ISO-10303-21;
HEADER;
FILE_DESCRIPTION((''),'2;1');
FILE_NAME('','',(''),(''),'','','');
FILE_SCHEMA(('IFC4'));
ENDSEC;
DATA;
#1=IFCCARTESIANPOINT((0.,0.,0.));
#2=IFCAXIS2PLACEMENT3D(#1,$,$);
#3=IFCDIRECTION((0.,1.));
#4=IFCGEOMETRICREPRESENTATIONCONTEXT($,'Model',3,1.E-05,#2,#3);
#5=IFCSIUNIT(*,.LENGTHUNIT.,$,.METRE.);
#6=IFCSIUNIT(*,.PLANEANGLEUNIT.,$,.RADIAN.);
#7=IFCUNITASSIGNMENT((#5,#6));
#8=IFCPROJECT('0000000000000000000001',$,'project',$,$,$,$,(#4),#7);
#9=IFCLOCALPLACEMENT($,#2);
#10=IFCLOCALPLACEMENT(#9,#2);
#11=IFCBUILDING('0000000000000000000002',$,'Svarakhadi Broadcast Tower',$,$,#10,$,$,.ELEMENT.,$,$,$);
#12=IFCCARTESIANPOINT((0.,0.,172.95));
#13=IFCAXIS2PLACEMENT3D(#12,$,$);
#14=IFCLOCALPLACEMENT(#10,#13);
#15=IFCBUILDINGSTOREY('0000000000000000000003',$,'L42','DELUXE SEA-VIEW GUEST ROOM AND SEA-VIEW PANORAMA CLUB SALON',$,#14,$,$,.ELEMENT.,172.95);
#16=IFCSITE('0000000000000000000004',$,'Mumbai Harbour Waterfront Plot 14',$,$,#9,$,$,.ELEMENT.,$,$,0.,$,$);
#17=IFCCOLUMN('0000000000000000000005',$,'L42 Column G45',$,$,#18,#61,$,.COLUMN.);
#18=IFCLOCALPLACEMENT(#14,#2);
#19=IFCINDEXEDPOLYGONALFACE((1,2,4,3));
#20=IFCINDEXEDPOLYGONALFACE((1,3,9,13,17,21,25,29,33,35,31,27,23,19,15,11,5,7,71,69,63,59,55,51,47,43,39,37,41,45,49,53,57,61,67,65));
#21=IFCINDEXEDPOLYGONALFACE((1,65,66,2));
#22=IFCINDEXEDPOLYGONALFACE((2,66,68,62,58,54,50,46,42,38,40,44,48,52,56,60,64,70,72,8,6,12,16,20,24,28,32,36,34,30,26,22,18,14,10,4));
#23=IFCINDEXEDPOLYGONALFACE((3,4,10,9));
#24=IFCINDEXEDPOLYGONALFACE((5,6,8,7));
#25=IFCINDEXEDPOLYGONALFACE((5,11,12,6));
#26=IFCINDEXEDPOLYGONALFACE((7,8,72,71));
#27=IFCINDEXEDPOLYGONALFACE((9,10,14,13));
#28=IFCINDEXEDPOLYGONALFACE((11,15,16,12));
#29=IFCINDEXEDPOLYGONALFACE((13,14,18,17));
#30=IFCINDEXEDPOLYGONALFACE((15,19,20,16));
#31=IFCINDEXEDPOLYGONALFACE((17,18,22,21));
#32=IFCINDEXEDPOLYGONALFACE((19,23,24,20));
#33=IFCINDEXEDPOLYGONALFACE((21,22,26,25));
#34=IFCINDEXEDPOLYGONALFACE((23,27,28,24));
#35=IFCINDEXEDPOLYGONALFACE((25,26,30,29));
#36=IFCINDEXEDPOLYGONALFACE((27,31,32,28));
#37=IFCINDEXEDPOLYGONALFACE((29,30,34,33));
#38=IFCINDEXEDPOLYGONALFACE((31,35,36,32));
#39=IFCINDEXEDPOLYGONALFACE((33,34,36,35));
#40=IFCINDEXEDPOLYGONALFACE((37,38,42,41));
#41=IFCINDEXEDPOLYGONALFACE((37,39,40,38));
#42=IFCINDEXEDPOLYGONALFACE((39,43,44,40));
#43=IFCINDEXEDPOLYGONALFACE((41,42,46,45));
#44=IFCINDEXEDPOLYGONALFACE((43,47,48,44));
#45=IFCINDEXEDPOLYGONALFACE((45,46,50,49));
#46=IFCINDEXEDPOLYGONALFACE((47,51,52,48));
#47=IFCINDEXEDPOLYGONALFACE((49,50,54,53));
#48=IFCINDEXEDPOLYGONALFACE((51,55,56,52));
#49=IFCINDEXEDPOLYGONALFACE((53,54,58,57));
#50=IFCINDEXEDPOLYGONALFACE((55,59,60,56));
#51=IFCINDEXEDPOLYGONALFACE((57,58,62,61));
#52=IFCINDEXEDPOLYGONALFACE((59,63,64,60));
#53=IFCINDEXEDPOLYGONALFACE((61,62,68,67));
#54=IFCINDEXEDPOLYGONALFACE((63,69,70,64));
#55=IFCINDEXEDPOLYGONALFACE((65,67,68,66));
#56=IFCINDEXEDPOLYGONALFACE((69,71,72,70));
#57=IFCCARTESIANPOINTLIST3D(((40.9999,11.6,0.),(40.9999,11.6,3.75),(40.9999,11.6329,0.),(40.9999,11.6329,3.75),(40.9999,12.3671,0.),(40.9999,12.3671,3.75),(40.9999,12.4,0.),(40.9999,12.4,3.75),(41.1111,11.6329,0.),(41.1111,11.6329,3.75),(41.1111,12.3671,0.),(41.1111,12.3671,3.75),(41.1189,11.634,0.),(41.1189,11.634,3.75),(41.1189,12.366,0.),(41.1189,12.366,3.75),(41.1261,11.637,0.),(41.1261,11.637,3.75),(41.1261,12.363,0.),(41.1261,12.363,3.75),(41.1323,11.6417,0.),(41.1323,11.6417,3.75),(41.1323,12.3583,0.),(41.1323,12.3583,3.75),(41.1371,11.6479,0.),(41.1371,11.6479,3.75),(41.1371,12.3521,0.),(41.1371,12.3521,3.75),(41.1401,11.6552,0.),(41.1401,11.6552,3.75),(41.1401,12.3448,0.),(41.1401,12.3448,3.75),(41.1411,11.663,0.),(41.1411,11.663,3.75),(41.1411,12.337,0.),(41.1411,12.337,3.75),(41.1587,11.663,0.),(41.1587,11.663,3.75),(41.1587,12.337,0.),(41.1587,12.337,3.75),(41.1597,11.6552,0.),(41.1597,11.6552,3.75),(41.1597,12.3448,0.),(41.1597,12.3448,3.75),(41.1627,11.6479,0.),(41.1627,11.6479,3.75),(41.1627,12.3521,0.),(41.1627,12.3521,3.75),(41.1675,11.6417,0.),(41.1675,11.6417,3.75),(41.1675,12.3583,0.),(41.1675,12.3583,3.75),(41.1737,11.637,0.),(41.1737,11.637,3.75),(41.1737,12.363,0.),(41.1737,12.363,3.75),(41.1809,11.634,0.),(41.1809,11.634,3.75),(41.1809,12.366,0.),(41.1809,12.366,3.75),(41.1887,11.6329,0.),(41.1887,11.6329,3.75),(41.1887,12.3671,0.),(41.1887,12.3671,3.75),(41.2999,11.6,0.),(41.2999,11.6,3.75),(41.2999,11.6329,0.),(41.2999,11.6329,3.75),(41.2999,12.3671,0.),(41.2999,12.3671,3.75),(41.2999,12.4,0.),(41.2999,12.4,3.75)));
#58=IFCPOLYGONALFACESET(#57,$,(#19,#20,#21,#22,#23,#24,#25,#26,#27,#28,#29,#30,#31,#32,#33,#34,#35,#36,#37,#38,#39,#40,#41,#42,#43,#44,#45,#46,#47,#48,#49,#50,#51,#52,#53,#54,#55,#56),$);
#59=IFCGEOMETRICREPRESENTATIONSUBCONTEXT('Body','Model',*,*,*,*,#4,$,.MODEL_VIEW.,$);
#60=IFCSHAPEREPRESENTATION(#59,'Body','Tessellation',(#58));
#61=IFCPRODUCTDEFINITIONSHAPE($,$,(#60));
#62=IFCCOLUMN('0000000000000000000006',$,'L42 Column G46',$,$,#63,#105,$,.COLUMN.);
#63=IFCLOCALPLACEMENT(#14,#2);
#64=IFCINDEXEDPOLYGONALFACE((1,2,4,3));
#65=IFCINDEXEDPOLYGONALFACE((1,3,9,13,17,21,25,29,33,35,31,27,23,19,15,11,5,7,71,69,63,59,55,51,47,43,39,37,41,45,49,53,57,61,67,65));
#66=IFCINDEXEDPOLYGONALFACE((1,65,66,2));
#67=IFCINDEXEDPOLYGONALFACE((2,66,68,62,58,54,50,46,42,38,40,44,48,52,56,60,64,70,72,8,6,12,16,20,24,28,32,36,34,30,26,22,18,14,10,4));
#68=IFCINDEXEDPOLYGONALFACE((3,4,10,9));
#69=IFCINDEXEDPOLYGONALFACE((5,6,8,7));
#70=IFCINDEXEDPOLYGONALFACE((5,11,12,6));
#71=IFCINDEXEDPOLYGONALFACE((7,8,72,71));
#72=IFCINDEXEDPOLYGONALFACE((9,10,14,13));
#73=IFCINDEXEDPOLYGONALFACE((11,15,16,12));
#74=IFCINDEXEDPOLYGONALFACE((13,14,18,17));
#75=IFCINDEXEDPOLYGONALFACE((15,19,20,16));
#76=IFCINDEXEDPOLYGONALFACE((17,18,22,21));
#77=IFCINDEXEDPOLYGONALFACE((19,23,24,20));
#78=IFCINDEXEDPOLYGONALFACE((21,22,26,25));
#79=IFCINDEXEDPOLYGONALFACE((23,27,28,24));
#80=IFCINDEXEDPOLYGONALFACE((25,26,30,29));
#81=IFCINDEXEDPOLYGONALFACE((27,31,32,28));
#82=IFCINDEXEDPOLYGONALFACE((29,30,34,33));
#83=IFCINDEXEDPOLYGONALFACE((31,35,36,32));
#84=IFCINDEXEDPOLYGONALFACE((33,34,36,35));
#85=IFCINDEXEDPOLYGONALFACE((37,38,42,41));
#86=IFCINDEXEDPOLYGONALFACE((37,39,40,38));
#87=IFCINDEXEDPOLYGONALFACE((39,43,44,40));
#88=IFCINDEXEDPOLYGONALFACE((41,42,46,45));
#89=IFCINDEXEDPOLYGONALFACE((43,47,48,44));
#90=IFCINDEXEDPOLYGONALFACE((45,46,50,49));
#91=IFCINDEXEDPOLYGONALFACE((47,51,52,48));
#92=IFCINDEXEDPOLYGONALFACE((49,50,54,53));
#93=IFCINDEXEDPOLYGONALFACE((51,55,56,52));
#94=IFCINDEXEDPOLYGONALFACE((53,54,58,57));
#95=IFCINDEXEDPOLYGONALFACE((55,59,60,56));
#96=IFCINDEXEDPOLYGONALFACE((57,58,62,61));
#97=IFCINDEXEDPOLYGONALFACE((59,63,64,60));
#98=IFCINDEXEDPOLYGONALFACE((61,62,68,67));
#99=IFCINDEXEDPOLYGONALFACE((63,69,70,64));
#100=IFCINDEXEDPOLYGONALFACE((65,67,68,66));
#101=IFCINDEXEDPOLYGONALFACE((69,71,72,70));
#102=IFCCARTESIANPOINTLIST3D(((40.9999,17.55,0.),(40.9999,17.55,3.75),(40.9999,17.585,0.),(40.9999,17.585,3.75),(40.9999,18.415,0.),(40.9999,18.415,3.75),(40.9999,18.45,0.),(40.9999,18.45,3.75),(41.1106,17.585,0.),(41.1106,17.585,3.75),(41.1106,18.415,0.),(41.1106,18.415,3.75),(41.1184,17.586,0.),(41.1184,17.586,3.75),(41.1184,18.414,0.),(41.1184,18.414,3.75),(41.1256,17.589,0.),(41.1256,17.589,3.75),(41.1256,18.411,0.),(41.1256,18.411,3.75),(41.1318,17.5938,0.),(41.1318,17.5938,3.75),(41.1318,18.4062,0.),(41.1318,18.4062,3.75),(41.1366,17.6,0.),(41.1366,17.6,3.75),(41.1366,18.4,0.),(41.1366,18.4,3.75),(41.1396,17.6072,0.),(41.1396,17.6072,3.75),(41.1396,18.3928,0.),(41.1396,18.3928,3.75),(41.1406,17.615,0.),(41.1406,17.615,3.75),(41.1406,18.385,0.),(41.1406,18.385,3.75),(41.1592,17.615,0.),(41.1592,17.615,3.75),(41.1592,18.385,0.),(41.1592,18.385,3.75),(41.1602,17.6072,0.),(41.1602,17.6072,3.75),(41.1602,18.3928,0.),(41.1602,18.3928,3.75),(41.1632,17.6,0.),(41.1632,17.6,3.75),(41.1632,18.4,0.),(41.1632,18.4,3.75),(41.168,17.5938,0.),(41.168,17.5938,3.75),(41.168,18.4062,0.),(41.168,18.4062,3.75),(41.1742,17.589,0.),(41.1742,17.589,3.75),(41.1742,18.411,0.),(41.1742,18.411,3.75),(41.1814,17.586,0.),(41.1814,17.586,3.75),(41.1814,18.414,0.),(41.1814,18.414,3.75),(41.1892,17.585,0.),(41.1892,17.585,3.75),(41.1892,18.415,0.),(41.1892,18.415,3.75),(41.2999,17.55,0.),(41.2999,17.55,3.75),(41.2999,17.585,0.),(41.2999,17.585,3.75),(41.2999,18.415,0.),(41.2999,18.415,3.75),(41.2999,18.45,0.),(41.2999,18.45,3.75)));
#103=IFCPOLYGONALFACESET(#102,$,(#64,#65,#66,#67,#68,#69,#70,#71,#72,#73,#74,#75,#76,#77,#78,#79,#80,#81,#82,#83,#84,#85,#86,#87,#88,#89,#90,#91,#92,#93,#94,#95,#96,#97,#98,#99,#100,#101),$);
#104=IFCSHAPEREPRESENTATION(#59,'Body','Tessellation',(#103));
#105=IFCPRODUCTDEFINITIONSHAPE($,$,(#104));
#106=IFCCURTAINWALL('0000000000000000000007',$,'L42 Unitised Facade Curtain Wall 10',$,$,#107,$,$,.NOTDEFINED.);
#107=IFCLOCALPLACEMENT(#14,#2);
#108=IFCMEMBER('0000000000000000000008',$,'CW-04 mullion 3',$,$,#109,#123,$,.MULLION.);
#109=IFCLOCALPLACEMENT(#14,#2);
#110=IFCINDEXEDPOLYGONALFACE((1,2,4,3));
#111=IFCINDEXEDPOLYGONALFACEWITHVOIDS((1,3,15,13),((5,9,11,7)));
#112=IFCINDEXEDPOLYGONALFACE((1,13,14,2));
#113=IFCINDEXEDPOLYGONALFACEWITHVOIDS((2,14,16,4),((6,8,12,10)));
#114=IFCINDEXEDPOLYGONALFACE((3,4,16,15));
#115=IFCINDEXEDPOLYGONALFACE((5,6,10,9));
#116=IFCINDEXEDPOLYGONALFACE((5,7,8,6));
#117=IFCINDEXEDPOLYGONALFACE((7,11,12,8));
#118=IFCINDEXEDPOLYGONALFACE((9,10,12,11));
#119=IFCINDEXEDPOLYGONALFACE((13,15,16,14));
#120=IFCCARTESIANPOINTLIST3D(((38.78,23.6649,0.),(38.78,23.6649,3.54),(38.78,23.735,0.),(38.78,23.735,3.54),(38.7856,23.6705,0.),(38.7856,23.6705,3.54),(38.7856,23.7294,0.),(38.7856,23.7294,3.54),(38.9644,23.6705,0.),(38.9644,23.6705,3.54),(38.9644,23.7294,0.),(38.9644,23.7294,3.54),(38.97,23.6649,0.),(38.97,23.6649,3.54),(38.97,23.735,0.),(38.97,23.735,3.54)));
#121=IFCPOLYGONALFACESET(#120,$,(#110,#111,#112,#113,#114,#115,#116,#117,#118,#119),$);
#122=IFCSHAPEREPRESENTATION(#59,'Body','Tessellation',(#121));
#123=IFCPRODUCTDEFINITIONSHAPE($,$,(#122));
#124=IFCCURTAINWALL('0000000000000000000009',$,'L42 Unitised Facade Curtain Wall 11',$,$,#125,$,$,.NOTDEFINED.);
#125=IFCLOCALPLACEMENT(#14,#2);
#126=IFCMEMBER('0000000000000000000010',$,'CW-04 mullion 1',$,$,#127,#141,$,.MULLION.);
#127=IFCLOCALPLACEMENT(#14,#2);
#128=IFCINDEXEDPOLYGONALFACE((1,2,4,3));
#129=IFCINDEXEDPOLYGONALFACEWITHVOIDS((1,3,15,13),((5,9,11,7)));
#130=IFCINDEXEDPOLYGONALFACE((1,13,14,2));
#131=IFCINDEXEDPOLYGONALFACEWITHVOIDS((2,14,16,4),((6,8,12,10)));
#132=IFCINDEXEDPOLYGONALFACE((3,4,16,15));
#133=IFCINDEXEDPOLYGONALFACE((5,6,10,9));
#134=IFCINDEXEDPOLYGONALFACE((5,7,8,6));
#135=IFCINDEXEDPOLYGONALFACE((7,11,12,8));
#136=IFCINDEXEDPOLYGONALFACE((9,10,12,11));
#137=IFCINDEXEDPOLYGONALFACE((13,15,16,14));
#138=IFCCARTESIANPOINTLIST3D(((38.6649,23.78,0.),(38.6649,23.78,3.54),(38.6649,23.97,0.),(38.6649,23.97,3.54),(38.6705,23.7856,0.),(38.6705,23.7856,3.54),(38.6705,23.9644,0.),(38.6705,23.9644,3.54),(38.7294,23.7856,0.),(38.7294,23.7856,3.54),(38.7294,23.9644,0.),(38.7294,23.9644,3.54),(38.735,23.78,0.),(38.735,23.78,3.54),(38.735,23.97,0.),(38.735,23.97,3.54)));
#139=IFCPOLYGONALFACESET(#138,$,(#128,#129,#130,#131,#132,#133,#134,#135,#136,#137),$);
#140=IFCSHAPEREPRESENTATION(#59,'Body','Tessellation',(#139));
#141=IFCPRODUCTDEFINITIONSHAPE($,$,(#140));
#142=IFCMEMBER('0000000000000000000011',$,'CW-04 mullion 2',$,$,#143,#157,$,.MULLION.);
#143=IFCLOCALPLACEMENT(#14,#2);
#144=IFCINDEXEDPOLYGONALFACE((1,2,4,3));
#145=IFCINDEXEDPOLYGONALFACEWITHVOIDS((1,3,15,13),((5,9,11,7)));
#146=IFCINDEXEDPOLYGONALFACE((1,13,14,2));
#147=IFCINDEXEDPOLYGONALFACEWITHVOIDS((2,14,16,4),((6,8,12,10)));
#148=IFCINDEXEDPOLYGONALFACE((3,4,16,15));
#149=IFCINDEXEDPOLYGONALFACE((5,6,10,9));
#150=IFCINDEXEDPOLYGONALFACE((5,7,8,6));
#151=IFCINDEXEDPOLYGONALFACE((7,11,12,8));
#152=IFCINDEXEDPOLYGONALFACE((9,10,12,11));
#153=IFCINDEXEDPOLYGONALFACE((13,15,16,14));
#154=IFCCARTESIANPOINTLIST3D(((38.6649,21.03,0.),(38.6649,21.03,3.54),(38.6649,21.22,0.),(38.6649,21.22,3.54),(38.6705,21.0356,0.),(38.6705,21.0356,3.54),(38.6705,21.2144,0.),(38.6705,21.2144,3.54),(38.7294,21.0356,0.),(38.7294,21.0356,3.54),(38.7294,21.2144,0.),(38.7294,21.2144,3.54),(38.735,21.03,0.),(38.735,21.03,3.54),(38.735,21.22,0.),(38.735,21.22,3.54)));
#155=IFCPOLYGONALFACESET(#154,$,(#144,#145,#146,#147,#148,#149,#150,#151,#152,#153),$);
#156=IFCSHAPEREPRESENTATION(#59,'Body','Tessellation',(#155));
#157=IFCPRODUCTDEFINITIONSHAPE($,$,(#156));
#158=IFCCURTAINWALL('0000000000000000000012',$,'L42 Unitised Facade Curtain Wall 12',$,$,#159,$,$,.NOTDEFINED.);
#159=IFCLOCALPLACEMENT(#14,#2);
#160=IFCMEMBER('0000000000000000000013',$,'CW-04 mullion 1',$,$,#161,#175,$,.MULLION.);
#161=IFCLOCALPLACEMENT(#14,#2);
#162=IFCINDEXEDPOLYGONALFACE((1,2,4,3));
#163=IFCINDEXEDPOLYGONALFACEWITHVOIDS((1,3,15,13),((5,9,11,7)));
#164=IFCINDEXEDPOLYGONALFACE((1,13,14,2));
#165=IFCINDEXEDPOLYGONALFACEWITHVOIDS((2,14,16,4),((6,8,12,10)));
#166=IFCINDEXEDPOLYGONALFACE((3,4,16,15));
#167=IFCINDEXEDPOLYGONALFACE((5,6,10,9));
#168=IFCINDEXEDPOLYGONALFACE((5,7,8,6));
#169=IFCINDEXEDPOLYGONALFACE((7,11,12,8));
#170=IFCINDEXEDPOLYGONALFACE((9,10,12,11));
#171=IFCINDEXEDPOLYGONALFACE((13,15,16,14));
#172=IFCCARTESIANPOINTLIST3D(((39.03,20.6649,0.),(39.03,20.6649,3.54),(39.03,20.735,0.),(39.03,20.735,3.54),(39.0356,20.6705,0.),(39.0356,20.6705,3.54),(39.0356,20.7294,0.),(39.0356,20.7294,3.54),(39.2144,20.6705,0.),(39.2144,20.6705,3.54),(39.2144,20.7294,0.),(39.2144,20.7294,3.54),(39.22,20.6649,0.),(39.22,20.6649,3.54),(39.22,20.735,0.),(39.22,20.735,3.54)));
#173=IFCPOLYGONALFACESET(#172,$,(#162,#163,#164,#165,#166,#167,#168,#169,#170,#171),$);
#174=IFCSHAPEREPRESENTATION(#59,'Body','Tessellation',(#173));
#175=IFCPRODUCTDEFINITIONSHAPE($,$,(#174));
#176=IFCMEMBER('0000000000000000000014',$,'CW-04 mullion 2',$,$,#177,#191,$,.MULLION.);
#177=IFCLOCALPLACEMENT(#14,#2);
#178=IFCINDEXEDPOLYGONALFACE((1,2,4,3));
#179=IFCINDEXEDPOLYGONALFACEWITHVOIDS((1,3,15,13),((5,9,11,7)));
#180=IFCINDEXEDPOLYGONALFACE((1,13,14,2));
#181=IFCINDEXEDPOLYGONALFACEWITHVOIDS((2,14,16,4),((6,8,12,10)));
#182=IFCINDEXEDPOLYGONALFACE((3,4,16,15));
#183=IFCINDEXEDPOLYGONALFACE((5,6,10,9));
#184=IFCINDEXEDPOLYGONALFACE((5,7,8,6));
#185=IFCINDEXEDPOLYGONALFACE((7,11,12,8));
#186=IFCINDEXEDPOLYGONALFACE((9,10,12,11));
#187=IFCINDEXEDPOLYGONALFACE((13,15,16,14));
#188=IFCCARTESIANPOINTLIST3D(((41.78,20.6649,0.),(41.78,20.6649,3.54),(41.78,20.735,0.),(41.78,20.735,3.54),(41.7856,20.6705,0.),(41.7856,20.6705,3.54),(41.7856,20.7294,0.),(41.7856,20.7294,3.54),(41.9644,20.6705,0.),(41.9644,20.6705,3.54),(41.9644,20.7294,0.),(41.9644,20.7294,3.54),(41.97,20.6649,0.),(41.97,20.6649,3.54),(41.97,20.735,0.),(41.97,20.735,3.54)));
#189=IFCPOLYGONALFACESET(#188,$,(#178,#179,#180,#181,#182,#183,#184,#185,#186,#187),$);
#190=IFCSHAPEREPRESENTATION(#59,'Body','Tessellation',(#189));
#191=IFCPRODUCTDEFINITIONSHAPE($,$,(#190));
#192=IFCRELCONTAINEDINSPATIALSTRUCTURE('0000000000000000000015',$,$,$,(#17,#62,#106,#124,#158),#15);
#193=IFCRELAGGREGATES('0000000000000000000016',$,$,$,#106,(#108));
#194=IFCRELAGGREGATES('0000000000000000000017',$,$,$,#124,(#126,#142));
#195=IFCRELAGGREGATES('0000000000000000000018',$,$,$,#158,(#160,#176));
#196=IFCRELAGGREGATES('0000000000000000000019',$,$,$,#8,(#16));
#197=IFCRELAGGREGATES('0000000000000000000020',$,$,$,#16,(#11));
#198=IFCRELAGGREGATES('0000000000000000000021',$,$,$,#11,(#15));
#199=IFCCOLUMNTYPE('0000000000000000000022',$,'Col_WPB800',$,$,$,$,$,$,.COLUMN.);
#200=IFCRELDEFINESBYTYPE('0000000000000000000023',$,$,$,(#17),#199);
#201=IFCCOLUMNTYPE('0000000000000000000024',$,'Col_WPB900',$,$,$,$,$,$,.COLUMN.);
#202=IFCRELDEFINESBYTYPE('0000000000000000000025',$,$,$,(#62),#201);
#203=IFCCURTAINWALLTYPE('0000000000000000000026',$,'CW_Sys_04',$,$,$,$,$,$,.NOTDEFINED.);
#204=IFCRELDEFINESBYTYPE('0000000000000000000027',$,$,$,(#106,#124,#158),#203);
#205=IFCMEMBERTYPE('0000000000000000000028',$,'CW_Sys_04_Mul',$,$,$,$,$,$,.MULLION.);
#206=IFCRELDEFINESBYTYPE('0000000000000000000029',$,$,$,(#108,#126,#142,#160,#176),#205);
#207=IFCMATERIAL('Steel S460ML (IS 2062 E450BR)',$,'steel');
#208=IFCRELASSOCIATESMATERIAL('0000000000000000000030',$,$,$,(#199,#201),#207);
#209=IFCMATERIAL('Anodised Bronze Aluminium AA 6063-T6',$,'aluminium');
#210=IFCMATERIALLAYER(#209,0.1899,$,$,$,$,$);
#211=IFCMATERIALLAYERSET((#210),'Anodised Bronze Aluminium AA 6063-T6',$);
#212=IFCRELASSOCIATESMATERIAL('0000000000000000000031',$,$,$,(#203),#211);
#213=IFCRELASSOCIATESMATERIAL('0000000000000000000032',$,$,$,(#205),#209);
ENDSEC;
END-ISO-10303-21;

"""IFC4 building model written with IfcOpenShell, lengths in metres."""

from ifc_helpers import new_model, si_unit, direction, frame, origin, origin_2d, place, context, subcontext, project, spatial, hollow_rectangle, i_section, extrude, material, layer, layer_set, material_profile, profile_set, type_object, element, aggregate, save


model = new_model("IFC4")

# Units and contexts
model_context = context("Model", 3, precision=1e-05, world=origin(), true_north=direction((0.0, 1.0)))
body_context = subcontext(model_context, "Body", "Model", "MODEL_VIEW")
ifc_project = project(units=[si_unit("LENGTHUNIT", "METRE"), si_unit("PLANEANGLEUNIT", "RADIAN")], contexts=[model_context])

# Site, building, storey
site_placement = place(None, origin())
site = spatial("IfcSite", under=ifc_project, at=site_placement, Name="Mumbai Harbour Waterfront Plot 14", CompositionType="ELEMENT", RefElevation=0.0)
building_placement = place(site_placement, origin())
building = spatial("IfcBuilding", under=site, at=building_placement, Name="Svarakhadi Broadcast Tower", CompositionType="ELEMENT")
storey_placement = place(building_placement, frame((0.0, 0.0, 172.95)))
storey = spatial("IfcBuildingStorey", under=building, at=storey_placement, Name="L42", Description="DELUXE SEA-VIEW GUEST ROOM AND SEA-VIEW PANORAMA CLUB SALON", CompositionType="ELEMENT", Elevation=172.95)

# Columns
ifc_material_1 = material(Name="Steel S460ML (IS 2062 E450BR)", Category="steel")
ifc_material_profile_1 = material_profile(ifc_material_1, i_section(OverallWidth=0.3, OverallDepth=0.8, WebThickness=0.0176, FlangeThickness=0.033, FilletRadius=0.03, at=origin_2d()), Name="WPB 800x300x262")
ifc_profile_set_1 = profile_set([ifc_material_profile_1], Name="Steel S460ML (IS 2062 E450BR)")
column_type_1 = type_object("IfcColumnType", Name="Col_WPB800", PredefinedType="COLUMN", material=ifc_profile_set_1)
column_1_placement = place(storey_placement, frame((41.1499, 12.0, 0.0), z_axis=(0.0, 0.0, 1.0), x_axis=(1.0, 0.0, 0.0)))
element("IfcColumn", 1, at=column_1_placement, inside=storey, type_object=column_type_1, Name="L42 Column G45", PredefinedType="COLUMN", context=body_context, shape_type="SweptSolid", body=[
    extrude(i_section(OverallWidth=0.3, OverallDepth=0.8, WebThickness=0.0176, FlangeThickness=0.033, FilletRadius=0.03, at=origin_2d()), origin(), (0.0, 0.0, 1.0), 3.75),
])
ifc_material_profile_2 = material_profile(ifc_material_1, i_section(OverallWidth=0.3, OverallDepth=0.8999, WebThickness=0.0186, FlangeThickness=0.0349, FilletRadius=0.03, at=origin_2d()), Name="WPB 900x300x291")
ifc_profile_set_2 = profile_set([ifc_material_profile_2], Name="Steel S460ML (IS 2062 E450BR)")
column_type_2 = type_object("IfcColumnType", Name="Col_WPB900", PredefinedType="COLUMN", material=ifc_profile_set_2)
column_2_placement = place(storey_placement, frame((41.1499, 18.0, 0.0), z_axis=(0.0, 0.0, 1.0), x_axis=(1.0, 0.0, 0.0)))
element("IfcColumn", 2, at=column_2_placement, inside=storey, type_object=column_type_2, Name="L42 Column G46", PredefinedType="COLUMN", context=body_context, shape_type="SweptSolid", body=[
    extrude(i_section(OverallWidth=0.3, OverallDepth=0.8999, WebThickness=0.0186, FlangeThickness=0.0349, FilletRadius=0.03, at=origin_2d()), origin(), (0.0, 0.0, 1.0), 3.75),
])

# Curtain wall, member
ifc_material_2 = material(Name="Anodised Bronze Aluminium AA 6063-T6", Category="aluminium")
ifc_layer_1 = layer(ifc_material_2, 0.1899)
ifc_layer_set_1 = layer_set([ifc_layer_1], Name="Anodised Bronze Aluminium AA 6063-T6")
curtain_wall_type = type_object("IfcCurtainWallType", Name="CW_Sys_04", PredefinedType="NOTDEFINED", material=ifc_layer_set_1)
curtain_wall_1_placement = place(storey_placement, origin())
curtain_wall_1 = element("IfcCurtainWall", 3, at=curtain_wall_1_placement, inside=storey, type_object=curtain_wall_type, Name="L42 Unitised Facade Curtain Wall 10", PredefinedType="NOTDEFINED")
ifc_material_profile_3 = material_profile(ifc_material_2, hollow_rectangle(XDim=0.0701, YDim=0.1899, WallThickness=0.0056, at=origin_2d()), Name="ALU MULLION 190x70x6")
ifc_profile_set_3 = profile_set([ifc_material_profile_3], Name="Anodised Bronze Aluminium AA 6063-T6")
member_type_1 = type_object("IfcMemberType", Name="CW_Sys_04_Mul", PredefinedType="MULLION", material=ifc_profile_set_3)
member_1_placement = place(storey_placement, frame((38.875, 23.7, 0.0), z_axis=(0.0, 0.0, 1.0), x_axis=(0.0, 1.0, 0.0)))
member_1 = element("IfcMember", 4, at=member_1_placement, type_object=member_type_1, Name="CW-04 mullion 3", PredefinedType="MULLION", context=body_context, shape_type="SweptSolid", body=[
    extrude(hollow_rectangle(XDim=0.0701, YDim=0.1899, WallThickness=0.0056, at=origin_2d()), origin(), (0.0, 0.0, 1.0), 3.54),
])
aggregate(curtain_wall_1, [member_1])

# Curtain walls, members
curtain_wall_2_placement = place(storey_placement, origin())
curtain_wall_2 = element("IfcCurtainWall", 5, at=curtain_wall_2_placement, inside=storey, type_object=curtain_wall_type, Name="L42 Unitised Facade Curtain Wall 11", PredefinedType="NOTDEFINED")
member_2_placement = place(storey_placement, frame((38.7, 23.875, 0.0), z_axis=(0.0, 0.0, 1.0), x_axis=(1.0, 0.0, 0.0)))
member_2 = element("IfcMember", 6, at=member_2_placement, type_object=member_type_1, Name="CW-04 mullion 1", PredefinedType="MULLION", context=body_context, shape_type="SweptSolid", body=[
    extrude(hollow_rectangle(XDim=0.0701, YDim=0.1899, WallThickness=0.0056, at=origin_2d()), origin(), (0.0, 0.0, 1.0), 3.54),
])
member_3_placement = place(storey_placement, frame((38.7, 21.125, 0.0), z_axis=(0.0, 0.0, 1.0), x_axis=(1.0, 0.0, 0.0)))
member_3 = element("IfcMember", 7, at=member_3_placement, type_object=member_type_1, Name="CW-04 mullion 2", PredefinedType="MULLION", context=body_context, shape_type="SweptSolid", body=[
    extrude(hollow_rectangle(XDim=0.0701, YDim=0.1899, WallThickness=0.0056, at=origin_2d()), origin(), (0.0, 0.0, 1.0), 3.54),
])
curtain_wall_3_placement = place(storey_placement, origin())
curtain_wall_3 = element("IfcCurtainWall", 8, at=curtain_wall_3_placement, inside=storey, type_object=curtain_wall_type, Name="L42 Unitised Facade Curtain Wall 12", PredefinedType="NOTDEFINED")
member_4_placement = place(storey_placement, frame((39.125, 20.7, 0.0), z_axis=(0.0, 0.0, 1.0), x_axis=(0.0, 1.0, 0.0)))
member_4 = element("IfcMember", 9, at=member_4_placement, type_object=member_type_1, Name="CW-04 mullion 1", PredefinedType="MULLION", context=body_context, shape_type="SweptSolid", body=[
    extrude(hollow_rectangle(XDim=0.0701, YDim=0.1899, WallThickness=0.0056, at=origin_2d()), origin(), (0.0, 0.0, 1.0), 3.54),
])
member_5_placement = place(storey_placement, frame((41.875, 20.7, 0.0), z_axis=(0.0, 0.0, 1.0), x_axis=(0.0, 1.0, 0.0)))
member_5 = element("IfcMember", 10, at=member_5_placement, type_object=member_type_1, Name="CW-04 mullion 2", PredefinedType="MULLION", context=body_context, shape_type="SweptSolid", body=[
    extrude(hollow_rectangle(XDim=0.0701, YDim=0.1899, WallThickness=0.0056, at=origin_2d()), origin(), (0.0, 0.0, 1.0), 3.54),
])

aggregate(curtain_wall_2, [member_2, member_3])
aggregate(curtain_wall_3, [member_4, member_5])

save(model, "model.ifc")
